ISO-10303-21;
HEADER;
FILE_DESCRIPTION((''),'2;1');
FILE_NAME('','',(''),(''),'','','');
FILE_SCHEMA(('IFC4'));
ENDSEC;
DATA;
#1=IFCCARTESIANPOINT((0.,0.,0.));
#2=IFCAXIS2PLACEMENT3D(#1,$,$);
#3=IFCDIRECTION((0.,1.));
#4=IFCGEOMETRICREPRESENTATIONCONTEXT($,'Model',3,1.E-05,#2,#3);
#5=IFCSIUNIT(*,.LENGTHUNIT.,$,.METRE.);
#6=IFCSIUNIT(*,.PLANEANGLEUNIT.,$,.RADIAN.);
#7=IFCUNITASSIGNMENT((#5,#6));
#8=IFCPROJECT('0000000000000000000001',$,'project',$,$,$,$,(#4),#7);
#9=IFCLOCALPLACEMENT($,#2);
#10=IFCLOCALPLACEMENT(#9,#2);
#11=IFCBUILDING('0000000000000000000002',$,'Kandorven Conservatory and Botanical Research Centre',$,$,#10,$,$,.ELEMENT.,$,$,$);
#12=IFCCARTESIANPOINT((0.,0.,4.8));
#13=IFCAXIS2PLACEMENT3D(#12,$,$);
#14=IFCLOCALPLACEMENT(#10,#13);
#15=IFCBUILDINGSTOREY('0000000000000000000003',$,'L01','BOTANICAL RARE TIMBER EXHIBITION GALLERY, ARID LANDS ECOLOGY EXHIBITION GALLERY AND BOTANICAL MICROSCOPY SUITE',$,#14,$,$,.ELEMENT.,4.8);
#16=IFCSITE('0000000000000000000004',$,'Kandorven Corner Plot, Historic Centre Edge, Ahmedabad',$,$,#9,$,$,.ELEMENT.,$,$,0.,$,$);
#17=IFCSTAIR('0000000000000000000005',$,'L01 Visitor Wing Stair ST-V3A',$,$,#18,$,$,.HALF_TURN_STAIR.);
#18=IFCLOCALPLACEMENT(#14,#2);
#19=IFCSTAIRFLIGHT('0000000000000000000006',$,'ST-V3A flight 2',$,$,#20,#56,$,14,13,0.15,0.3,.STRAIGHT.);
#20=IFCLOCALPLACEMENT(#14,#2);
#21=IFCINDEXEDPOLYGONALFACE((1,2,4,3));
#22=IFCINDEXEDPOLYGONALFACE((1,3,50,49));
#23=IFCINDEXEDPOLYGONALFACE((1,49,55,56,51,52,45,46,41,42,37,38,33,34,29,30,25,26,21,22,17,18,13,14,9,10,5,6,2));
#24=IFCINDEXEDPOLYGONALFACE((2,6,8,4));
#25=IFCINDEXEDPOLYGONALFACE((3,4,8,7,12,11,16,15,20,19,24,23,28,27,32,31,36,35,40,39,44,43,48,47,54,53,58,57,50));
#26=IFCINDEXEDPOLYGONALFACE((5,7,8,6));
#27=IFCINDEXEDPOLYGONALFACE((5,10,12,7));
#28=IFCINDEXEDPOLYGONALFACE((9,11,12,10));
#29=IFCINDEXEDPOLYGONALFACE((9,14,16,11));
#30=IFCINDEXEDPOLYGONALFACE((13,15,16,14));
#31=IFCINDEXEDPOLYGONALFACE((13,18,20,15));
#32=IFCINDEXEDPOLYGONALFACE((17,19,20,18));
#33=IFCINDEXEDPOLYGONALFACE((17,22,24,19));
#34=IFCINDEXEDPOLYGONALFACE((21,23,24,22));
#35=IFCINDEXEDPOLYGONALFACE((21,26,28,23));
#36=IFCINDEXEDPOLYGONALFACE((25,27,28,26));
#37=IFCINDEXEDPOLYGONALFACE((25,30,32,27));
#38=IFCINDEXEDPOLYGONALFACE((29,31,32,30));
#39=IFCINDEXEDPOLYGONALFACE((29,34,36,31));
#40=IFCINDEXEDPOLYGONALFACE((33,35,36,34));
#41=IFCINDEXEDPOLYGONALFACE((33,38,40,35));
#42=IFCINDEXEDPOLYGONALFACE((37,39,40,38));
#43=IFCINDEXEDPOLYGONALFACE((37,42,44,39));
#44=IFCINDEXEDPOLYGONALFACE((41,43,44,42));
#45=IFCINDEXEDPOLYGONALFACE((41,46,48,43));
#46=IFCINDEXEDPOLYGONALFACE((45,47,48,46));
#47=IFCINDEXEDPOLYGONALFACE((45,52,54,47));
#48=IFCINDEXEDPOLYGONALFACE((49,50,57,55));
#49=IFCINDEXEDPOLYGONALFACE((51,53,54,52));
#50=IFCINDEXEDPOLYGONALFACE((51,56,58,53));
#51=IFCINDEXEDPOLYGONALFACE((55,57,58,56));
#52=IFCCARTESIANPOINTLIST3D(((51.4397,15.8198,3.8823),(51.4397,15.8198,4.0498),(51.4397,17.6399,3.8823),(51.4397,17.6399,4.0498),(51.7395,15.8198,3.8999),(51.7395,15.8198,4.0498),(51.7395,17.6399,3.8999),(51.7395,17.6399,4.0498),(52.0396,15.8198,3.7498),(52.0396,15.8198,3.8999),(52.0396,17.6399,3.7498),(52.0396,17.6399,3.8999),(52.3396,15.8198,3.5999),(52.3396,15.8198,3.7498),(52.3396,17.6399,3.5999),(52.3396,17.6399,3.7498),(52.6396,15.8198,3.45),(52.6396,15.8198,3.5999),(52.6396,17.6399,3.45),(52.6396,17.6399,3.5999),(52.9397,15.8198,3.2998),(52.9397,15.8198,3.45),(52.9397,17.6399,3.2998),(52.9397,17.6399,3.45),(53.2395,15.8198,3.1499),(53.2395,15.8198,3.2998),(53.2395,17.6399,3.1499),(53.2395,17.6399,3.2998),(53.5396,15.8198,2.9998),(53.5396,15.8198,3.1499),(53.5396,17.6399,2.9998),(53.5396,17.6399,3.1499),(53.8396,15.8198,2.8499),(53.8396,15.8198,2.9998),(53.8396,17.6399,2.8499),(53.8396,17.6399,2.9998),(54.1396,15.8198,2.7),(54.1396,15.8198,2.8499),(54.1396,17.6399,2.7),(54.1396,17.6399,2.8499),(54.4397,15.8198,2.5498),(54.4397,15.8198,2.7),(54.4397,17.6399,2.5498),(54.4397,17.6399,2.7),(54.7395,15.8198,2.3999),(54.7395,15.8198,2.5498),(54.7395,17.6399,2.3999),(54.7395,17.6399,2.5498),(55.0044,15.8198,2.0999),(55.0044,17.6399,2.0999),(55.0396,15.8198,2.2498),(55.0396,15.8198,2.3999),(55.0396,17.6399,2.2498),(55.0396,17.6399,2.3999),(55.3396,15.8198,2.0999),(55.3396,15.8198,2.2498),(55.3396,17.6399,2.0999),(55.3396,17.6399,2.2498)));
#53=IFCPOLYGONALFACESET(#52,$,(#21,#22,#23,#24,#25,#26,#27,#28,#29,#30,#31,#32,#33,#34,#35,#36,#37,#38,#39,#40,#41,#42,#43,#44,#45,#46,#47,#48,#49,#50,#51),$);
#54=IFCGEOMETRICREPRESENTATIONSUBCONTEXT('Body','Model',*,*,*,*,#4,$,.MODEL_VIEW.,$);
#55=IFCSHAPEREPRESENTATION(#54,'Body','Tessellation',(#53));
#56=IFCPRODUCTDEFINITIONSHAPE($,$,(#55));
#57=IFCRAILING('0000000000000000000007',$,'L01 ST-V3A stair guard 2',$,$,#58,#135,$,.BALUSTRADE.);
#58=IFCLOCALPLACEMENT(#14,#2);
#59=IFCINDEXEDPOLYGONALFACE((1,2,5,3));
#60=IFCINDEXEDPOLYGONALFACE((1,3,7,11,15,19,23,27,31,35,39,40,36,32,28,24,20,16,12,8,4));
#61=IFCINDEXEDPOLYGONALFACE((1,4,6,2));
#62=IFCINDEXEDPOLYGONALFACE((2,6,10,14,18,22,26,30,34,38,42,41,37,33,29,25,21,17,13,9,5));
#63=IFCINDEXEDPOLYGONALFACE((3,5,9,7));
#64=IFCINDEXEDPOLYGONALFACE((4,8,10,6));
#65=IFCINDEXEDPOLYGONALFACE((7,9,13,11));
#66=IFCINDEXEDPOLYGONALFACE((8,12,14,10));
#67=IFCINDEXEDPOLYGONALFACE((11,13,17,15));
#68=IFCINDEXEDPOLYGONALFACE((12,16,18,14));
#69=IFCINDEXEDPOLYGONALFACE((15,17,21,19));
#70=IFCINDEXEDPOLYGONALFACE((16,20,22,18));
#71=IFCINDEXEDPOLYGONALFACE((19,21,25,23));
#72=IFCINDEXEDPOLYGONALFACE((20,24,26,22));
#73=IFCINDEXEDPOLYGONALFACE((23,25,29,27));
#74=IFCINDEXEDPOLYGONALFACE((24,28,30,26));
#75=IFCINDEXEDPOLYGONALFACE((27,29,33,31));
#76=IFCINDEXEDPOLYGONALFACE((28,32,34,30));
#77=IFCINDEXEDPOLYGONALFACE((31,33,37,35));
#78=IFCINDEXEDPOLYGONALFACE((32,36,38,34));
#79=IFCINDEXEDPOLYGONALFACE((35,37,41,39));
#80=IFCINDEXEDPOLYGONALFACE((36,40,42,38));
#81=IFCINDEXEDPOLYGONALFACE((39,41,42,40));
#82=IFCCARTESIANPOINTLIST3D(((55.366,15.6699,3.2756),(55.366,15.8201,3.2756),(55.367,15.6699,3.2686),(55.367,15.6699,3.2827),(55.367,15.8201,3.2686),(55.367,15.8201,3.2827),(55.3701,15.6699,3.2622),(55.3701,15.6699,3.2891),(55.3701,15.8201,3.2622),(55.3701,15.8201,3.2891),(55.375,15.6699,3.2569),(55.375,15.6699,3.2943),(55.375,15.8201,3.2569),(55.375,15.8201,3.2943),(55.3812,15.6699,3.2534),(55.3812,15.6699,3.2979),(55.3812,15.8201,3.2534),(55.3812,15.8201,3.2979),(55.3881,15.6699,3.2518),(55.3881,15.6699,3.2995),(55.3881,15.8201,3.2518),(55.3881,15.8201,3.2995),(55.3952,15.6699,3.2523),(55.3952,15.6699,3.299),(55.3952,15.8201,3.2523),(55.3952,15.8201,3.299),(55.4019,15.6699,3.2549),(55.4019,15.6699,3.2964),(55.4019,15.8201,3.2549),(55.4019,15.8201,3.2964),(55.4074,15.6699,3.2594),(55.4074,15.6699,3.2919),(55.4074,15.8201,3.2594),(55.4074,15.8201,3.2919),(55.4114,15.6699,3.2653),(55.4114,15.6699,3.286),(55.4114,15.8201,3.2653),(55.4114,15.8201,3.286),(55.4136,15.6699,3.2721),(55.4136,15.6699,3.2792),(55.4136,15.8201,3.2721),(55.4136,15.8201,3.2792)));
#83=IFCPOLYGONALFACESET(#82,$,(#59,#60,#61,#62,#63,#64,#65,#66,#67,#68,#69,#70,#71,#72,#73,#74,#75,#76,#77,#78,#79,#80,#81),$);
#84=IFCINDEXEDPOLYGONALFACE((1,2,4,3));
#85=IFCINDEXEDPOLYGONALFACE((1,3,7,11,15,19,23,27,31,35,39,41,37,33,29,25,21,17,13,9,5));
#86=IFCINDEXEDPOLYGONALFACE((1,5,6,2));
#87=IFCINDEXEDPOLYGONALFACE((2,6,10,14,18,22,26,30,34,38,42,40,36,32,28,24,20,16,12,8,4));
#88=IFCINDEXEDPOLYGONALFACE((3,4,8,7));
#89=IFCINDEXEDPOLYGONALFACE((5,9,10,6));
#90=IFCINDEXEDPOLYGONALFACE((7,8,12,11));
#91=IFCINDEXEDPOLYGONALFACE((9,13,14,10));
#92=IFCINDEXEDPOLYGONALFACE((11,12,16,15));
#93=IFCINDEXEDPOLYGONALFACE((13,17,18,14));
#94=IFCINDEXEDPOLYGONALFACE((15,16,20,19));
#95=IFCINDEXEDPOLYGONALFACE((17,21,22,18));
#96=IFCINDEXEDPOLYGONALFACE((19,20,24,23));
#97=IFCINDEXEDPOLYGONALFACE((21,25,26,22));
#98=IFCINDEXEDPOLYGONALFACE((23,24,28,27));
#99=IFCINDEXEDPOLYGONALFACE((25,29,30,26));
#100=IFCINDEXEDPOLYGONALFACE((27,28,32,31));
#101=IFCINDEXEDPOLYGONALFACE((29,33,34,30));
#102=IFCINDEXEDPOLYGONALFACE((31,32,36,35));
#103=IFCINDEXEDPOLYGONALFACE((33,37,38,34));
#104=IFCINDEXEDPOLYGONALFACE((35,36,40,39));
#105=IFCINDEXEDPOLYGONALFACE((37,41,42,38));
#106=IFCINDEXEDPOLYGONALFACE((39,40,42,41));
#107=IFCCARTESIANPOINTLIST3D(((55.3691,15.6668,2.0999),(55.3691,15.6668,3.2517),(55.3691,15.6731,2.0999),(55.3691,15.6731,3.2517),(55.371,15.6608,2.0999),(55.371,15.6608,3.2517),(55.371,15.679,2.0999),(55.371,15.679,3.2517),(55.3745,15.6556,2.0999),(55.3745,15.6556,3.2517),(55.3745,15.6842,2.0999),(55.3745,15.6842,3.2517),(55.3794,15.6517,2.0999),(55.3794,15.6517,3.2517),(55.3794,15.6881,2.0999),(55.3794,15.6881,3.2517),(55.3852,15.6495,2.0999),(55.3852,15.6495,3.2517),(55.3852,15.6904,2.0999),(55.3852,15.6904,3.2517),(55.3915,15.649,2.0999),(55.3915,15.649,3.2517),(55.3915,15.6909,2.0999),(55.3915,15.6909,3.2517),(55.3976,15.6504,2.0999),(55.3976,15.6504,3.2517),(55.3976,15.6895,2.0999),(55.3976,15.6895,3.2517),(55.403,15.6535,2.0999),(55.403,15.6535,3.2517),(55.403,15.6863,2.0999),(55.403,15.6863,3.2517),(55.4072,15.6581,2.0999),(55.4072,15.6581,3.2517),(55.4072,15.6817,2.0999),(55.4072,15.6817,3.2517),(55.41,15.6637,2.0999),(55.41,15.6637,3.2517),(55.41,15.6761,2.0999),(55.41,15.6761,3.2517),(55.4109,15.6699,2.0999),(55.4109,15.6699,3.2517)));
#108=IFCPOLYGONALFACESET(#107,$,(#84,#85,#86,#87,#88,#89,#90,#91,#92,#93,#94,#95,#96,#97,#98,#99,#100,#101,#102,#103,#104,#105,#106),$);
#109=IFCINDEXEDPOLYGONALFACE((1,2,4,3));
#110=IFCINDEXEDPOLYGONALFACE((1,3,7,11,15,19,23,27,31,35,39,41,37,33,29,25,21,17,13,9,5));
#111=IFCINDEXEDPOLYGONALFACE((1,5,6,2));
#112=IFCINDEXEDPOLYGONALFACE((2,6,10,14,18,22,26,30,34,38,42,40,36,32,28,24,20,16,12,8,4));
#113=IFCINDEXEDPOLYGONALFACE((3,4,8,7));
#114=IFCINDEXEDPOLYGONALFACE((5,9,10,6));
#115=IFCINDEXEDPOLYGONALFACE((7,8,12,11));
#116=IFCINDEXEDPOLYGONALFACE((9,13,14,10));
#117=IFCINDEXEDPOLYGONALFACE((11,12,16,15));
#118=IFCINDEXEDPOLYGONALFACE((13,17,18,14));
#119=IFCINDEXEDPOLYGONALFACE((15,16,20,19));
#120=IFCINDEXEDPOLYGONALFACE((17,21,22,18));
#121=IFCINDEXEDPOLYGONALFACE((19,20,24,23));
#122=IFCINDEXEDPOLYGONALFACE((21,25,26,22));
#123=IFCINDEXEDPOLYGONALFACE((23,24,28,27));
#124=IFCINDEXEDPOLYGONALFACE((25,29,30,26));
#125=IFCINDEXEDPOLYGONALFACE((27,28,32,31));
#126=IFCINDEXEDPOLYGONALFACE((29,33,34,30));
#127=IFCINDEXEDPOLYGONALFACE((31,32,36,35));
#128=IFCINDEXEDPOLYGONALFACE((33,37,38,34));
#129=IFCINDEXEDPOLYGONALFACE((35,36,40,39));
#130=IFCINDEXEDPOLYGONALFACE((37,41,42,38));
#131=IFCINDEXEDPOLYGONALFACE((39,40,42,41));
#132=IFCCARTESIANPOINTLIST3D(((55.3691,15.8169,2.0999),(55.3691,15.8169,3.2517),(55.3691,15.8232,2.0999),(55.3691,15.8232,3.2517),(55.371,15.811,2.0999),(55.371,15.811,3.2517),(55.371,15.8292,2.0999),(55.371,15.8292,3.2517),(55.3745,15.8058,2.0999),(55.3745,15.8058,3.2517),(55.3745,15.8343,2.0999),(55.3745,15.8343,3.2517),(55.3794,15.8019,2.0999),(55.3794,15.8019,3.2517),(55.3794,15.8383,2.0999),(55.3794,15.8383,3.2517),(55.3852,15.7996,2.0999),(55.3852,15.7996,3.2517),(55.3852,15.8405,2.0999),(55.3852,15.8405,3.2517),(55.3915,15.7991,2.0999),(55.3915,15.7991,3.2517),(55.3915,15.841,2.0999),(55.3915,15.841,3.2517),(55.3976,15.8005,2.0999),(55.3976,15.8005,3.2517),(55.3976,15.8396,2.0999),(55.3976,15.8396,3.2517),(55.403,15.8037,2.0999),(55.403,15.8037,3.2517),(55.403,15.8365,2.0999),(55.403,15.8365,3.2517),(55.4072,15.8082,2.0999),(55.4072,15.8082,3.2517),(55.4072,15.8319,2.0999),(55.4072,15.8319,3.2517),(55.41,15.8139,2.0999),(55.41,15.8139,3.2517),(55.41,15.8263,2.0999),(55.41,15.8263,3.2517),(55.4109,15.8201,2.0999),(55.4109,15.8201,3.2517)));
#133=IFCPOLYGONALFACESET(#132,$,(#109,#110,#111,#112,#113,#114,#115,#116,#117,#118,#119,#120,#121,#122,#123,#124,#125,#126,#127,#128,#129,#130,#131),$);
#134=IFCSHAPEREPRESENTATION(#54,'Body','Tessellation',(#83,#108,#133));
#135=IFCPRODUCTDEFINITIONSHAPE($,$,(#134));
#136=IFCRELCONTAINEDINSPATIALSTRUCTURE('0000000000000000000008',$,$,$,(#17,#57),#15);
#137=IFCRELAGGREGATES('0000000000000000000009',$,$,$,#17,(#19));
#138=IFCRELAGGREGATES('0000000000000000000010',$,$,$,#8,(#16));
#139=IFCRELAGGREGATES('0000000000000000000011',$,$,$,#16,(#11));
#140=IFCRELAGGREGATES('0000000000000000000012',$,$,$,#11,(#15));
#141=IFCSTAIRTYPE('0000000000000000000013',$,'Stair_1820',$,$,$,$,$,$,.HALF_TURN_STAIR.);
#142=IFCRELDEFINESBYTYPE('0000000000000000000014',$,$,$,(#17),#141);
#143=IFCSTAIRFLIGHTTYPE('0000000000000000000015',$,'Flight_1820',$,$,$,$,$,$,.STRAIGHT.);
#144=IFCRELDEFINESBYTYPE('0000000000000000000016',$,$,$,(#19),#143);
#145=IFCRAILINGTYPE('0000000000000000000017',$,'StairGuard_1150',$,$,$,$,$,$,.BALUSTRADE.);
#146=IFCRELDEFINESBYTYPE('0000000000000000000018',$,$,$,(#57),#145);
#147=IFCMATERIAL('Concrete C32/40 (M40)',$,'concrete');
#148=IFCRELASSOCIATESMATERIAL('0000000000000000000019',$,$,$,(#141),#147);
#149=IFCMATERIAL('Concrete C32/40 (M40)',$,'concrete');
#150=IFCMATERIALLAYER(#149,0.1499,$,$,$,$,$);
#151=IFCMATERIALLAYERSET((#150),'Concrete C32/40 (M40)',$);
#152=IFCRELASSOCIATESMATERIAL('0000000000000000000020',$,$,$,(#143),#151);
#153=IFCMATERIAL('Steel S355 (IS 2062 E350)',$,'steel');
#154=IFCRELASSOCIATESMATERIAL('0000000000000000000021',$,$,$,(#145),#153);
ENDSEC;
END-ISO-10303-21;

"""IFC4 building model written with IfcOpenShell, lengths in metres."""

from ifc_helpers import new_model, si_unit, direction, frame, origin, origin_2d, place, context, subcontext, project, spatial, polyline, circle, outline, extrude, material, layer, layer_set, type_object, element, aggregate, save


model = new_model("IFC4")

# Units and contexts
model_context = context("Model", 3, precision=1e-05, world=origin(), true_north=direction((0.0, 1.0)))
body_context = subcontext(model_context, "Body", "Model", "MODEL_VIEW")
ifc_project = project(units=[si_unit("LENGTHUNIT", "METRE"), si_unit("PLANEANGLEUNIT", "RADIAN")], contexts=[model_context])

# Site, building, storey
site_placement = place(None, origin())
site = spatial("IfcSite", under=ifc_project, at=site_placement, Name="Kandorven Corner Plot, Historic Centre Edge, Ahmedabad", CompositionType="ELEMENT", RefElevation=0.0)
building_placement = place(site_placement, origin())
building = spatial("IfcBuilding", under=site, at=building_placement, Name="Kandorven Conservatory and Botanical Research Centre", CompositionType="ELEMENT")
storey_placement = place(building_placement, frame((0.0, 0.0, 4.8)))
storey = spatial("IfcBuildingStorey", under=building, at=storey_placement, Name="L01", Description="BOTANICAL RARE TIMBER EXHIBITION GALLERY, ARID LANDS ECOLOGY EXHIBITION GALLERY AND BOTANICAL MICROSCOPY SUITE", CompositionType="ELEMENT", Elevation=4.8)

# Stair, stair flight
ifc_material_1 = material(Name="Concrete C32/40 (M40)", Category="concrete")
stair_type = type_object("IfcStairType", Name="Stair_1820", PredefinedType="HALF_TURN_STAIR", material=ifc_material_1)
stair_placement = place(storey_placement, origin())
stair = element("IfcStair", 1, at=stair_placement, inside=storey, type_object=stair_type, Name="L01 Visitor Wing Stair ST-V3A", PredefinedType="HALF_TURN_STAIR")
ifc_material_2 = material(Name="Concrete C32/40 (M40)", Category="concrete")
ifc_layer_1 = layer(ifc_material_2, 0.1499)
ifc_layer_set_1 = layer_set([ifc_layer_1], Name="Concrete C32/40 (M40)")
stair_flight_type = type_object("IfcStairFlightType", Name="Flight_1820", PredefinedType="STRAIGHT", material=ifc_layer_set_1)
stair_flight_placement = place(storey_placement, frame((55.3396, 16.73, 2.0999), z_axis=(0.0, 0.0, 1.0), x_axis=(-1.0, 0.0, 0.0)))
stair_flight = element("IfcStairFlight", 2, at=stair_flight_placement, type_object=stair_flight_type, Name="ST-V3A flight 2", NumberOfRisers=14, NumberOfTreads=13, PredefinedType="STRAIGHT", RiserHeight=0.15, TreadLength=0.3, context=body_context, shape_type="SweptSolid", body=[
    extrude(outline(polyline([(0.0, 0.0), (0.0, 0.1499), (0.3, 0.1499), (0.3, 0.3), (0.6001, 0.3), (0.6001, 0.45), (0.8999, 0.45), (0.8999, 0.6001), (1.2, 0.6001), (1.2, 0.75), (1.5, 0.75), (1.5, 0.8999), (1.8, 0.8999), (1.8, 1.05), (2.1001, 1.05), (2.1001, 1.2), (2.3999, 1.2), (2.3999, 1.3501), (2.7, 1.3501), (2.7, 1.5), (3.0, 1.5), (3.0, 1.6499), (3.3, 1.6499), (3.3, 1.8), (3.6001, 1.8), (3.6001, 1.95), (3.8999, 1.95), (3.8999, 2.1001), (3.8999, 1.7825), (0.3352, 0.0), (0.0, 0.0)])), frame((0.0, 0.9102, 0.0), z_axis=(0.0, -1.0, 0.0), x_axis=(1.0, 0.0, 0.0)), (0.0, 0.0, 1.0), 1.8201),
])
aggregate(stair, [stair_flight])

# Railing
ifc_material_3 = material(Name="Steel S355 (IS 2062 E350)", Category="steel")
railing_type_1 = type_object("IfcRailingType", Name="StairGuard_1150", PredefinedType="BALUSTRADE", material=ifc_material_3)
railing_1_placement = place(storey_placement, frame((55.3899, 15.6699, 2.0999)))
element("IfcRailing", 3, at=railing_1_placement, inside=storey, type_object=railing_type_1, Name="L01 ST-V3A stair guard 2", PredefinedType="BALUSTRADE", context=body_context, shape_type="SweptSolid", body=[
    extrude(circle(Radius=0.0239, at=origin_2d()), frame((0.0, 0.0, 1.1758), z_axis=(0.0, 1.0, 0.0), x_axis=(-1.0, 0.0, 0.0)), (0.0, 0.0, 1.0), 0.1501),
    extrude(circle(Radius=0.021, at=origin_2d()), origin(), (0.0, 0.0, 1.0), 1.1519),
    extrude(circle(Radius=0.021, at=origin_2d()), frame((0.0, 0.1501, 0.0)), (0.0, 0.0, 1.0), 1.1519),
])

save(model, "model.ifc")
